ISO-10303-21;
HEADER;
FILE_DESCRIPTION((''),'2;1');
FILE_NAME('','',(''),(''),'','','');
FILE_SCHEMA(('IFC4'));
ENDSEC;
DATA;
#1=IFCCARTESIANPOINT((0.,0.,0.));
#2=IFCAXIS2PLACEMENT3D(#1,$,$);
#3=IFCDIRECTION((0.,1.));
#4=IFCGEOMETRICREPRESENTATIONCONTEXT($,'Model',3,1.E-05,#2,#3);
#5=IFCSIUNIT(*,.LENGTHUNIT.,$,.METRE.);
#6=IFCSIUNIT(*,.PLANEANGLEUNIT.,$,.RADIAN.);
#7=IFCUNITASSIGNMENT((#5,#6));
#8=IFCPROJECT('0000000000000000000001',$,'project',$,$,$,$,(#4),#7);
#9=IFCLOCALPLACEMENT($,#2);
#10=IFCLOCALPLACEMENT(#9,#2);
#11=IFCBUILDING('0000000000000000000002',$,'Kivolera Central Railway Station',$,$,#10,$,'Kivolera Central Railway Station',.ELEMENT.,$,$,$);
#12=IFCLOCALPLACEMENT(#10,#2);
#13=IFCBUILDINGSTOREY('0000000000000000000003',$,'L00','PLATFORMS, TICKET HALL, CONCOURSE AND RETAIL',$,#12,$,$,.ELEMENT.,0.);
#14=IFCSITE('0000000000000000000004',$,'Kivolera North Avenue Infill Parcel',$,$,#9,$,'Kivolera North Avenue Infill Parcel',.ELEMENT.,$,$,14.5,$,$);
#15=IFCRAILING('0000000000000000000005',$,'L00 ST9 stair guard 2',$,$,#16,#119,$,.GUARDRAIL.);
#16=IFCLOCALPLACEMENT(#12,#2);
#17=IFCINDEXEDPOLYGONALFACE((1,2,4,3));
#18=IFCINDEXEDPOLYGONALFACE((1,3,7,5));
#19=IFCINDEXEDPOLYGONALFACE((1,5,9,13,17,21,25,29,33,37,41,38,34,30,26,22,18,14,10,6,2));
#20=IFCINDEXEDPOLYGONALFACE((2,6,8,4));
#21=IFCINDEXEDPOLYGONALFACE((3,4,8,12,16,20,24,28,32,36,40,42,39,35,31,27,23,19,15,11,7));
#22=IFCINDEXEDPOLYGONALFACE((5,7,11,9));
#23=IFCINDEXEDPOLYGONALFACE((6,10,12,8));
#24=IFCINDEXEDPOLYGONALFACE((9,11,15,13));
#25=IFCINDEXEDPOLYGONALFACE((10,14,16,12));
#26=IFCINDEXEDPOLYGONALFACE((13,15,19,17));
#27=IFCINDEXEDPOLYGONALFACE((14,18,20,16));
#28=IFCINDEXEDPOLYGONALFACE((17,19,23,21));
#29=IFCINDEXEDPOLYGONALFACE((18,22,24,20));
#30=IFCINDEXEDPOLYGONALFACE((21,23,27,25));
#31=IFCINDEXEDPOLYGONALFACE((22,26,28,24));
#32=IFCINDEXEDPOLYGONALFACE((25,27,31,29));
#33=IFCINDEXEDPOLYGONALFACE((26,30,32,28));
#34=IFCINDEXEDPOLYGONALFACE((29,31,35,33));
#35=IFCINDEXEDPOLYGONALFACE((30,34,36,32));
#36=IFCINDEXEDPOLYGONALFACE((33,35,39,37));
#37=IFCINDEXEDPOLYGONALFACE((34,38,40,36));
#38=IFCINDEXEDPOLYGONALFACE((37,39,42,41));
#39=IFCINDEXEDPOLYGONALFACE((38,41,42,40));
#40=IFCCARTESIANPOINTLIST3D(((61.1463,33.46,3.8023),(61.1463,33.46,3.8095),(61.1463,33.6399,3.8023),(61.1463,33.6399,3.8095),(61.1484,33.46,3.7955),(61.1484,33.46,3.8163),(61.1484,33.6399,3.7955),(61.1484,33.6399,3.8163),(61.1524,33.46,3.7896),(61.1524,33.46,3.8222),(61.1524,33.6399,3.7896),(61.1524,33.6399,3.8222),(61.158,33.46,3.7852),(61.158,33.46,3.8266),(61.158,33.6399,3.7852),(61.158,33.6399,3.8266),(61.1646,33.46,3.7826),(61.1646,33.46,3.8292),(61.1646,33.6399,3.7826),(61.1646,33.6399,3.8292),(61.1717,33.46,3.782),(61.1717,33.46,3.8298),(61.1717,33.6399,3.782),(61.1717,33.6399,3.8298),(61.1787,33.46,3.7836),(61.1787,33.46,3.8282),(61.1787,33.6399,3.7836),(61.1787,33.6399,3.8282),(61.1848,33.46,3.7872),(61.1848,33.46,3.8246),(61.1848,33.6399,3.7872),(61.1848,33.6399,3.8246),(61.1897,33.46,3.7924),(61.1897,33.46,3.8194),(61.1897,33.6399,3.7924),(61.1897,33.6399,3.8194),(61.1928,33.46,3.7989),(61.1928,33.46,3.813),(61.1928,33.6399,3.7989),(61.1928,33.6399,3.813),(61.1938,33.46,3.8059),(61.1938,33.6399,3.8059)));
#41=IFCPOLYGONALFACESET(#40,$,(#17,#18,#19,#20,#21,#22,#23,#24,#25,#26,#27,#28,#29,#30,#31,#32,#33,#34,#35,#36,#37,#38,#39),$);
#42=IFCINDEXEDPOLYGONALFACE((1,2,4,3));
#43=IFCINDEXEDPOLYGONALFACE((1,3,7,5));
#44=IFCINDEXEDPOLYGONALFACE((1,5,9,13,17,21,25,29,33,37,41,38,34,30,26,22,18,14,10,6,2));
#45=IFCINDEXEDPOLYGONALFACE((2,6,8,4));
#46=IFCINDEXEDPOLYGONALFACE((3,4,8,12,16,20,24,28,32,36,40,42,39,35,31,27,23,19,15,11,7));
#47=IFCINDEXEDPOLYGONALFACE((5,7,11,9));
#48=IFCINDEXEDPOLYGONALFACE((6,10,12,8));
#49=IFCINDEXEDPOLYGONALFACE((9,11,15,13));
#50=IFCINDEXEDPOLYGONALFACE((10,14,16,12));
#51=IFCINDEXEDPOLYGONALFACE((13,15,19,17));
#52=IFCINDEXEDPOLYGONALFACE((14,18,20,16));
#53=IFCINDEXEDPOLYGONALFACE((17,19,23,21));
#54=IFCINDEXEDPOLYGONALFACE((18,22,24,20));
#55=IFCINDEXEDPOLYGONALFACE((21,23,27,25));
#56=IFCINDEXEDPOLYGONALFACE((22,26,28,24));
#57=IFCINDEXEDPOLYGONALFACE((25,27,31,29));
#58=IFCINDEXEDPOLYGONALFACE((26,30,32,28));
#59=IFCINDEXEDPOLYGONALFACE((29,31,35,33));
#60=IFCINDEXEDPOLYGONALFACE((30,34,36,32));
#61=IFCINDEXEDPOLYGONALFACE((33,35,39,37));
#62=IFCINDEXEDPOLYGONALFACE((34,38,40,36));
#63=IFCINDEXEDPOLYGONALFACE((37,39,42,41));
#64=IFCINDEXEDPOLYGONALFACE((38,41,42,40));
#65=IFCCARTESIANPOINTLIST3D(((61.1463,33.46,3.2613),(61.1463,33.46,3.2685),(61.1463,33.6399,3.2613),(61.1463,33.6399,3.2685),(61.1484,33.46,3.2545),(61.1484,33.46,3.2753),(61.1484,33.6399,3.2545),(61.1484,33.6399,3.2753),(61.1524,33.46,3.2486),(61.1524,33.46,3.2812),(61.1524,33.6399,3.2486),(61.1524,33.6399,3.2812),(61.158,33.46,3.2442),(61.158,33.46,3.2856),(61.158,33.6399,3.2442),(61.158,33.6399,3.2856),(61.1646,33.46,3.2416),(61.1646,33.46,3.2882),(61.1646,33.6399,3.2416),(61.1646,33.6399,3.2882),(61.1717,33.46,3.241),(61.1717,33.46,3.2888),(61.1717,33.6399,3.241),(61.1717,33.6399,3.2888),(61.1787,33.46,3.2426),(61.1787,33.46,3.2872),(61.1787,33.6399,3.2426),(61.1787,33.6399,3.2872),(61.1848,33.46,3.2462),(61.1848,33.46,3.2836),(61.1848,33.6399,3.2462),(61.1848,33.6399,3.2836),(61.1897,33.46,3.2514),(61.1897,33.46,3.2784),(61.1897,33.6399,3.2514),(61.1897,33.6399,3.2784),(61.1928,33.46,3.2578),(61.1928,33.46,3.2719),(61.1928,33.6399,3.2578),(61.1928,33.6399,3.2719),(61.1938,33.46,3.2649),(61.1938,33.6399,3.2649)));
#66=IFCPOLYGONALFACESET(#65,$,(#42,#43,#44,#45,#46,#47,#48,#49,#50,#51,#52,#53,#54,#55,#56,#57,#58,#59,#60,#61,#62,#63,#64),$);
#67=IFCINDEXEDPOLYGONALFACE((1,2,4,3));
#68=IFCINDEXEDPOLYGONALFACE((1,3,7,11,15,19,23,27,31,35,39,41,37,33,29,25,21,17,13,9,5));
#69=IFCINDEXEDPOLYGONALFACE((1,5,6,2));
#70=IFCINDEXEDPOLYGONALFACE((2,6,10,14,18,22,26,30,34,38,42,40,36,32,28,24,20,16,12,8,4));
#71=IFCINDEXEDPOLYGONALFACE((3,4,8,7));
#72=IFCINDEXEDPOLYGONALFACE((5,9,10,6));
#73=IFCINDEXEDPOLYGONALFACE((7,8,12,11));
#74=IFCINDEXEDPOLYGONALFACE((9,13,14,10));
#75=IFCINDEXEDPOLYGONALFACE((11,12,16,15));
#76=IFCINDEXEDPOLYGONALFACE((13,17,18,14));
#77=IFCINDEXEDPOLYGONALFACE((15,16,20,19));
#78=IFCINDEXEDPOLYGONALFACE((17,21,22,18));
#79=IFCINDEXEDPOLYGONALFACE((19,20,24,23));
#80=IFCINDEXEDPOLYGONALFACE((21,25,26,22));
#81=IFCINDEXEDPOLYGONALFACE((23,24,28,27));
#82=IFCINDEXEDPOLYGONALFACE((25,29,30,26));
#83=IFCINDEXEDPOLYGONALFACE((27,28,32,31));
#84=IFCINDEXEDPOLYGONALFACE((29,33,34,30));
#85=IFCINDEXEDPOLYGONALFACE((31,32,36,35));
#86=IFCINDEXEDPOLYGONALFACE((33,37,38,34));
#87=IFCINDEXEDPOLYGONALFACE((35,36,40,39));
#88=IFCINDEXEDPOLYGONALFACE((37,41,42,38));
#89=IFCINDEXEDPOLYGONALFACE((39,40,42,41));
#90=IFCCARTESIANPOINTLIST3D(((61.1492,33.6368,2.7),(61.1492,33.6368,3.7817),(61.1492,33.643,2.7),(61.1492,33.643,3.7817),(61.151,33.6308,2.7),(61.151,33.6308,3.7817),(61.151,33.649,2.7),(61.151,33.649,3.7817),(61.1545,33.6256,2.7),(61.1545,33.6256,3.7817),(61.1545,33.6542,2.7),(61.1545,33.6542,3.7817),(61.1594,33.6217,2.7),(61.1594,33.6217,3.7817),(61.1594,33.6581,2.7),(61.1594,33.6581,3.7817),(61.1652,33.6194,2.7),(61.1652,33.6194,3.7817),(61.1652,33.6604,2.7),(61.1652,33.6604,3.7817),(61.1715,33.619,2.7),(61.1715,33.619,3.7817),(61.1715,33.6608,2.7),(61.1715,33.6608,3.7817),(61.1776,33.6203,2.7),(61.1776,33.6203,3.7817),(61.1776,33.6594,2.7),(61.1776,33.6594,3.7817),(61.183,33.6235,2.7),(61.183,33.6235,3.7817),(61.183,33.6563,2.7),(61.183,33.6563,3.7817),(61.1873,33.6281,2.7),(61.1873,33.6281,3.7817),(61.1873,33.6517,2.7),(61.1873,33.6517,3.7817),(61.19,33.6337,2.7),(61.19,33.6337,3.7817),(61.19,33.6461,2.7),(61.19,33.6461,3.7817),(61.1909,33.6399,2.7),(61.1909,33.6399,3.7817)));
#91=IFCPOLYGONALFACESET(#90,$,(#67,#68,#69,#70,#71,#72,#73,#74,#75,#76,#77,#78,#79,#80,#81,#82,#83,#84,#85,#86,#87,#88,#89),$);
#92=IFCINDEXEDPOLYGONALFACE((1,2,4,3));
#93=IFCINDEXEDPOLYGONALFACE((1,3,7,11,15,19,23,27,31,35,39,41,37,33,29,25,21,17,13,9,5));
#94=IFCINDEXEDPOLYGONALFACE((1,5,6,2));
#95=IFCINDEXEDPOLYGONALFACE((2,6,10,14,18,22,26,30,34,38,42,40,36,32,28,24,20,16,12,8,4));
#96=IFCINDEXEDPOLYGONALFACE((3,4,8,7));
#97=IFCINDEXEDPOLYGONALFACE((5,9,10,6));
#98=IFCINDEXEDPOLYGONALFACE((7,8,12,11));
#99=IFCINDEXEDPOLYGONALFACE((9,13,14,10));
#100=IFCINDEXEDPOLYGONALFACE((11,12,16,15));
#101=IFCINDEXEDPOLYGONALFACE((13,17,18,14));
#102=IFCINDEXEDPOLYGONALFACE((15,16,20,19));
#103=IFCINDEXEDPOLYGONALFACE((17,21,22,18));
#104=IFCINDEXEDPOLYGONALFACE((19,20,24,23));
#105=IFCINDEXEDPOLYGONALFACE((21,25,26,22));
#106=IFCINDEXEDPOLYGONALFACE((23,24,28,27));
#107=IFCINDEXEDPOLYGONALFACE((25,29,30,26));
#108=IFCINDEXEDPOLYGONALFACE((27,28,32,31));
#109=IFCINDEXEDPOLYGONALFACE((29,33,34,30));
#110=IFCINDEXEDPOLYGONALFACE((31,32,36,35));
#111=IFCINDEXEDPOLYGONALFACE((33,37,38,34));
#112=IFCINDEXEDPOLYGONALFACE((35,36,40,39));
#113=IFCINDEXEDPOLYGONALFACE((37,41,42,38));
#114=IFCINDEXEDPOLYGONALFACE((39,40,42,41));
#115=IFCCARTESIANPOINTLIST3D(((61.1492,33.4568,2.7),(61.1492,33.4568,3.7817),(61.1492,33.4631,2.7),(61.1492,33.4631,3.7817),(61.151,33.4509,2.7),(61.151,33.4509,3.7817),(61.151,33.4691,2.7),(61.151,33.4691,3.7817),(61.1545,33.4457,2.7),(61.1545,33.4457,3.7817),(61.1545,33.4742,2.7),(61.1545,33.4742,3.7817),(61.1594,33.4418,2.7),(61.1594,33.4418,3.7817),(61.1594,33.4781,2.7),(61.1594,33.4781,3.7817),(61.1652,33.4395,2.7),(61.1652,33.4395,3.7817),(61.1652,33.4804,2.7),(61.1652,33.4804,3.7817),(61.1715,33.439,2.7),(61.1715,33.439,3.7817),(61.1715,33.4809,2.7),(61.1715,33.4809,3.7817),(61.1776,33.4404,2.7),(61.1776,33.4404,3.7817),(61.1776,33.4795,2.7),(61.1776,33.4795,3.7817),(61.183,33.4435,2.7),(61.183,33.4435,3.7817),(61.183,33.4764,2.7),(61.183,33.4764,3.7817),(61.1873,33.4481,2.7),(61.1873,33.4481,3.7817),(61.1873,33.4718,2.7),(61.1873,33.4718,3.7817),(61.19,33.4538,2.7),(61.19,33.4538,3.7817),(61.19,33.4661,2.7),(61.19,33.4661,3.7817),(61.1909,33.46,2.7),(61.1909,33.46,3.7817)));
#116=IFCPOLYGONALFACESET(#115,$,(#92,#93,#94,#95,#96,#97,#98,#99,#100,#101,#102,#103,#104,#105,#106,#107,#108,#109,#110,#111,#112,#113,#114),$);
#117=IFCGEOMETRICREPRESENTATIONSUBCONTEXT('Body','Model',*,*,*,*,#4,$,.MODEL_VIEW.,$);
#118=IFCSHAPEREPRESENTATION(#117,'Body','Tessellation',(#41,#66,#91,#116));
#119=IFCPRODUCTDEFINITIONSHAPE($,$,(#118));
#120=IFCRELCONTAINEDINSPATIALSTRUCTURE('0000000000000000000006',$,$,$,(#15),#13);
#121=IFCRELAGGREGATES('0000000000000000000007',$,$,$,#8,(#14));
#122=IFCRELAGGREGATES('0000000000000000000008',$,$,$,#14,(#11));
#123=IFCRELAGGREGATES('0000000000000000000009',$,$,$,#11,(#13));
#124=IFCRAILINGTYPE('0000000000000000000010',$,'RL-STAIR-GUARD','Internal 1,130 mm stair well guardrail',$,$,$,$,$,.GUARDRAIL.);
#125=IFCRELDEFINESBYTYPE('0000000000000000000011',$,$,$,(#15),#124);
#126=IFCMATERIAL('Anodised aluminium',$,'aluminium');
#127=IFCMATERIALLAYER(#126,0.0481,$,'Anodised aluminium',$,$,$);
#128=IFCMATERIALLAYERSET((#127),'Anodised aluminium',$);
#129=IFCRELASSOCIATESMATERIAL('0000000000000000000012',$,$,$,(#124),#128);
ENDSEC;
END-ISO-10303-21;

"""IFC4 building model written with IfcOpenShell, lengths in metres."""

from ifc_helpers import new_model, si_unit, direction, frame, origin, origin_2d, place, context, subcontext, project, spatial, circle, extrude, material, layer, layer_set, type_object, element, save


model = new_model("IFC4")

# Units and contexts
model_context = context("Model", 3, precision=1e-05, world=origin(), true_north=direction((0.0, 1.0)))
body_context = subcontext(model_context, "Body", "Model", "MODEL_VIEW")
ifc_project = project(units=[si_unit("LENGTHUNIT", "METRE"), si_unit("PLANEANGLEUNIT", "RADIAN")], contexts=[model_context])

# Site, building, storey
site_placement = place(None, origin())
site = spatial("IfcSite", under=ifc_project, at=site_placement, Name="Kivolera North Avenue Infill Parcel", LongName="Kivolera North Avenue Infill Parcel", CompositionType="ELEMENT", RefElevation=14.5)
building_placement = place(site_placement, origin())
building = spatial("IfcBuilding", under=site, at=building_placement, Name="Kivolera Central Railway Station", LongName="Kivolera Central Railway Station", CompositionType="ELEMENT")
storey_placement = place(building_placement, origin())
storey = spatial("IfcBuildingStorey", under=building, at=storey_placement, Name="L00", Description="PLATFORMS, TICKET HALL, CONCOURSE AND RETAIL", CompositionType="ELEMENT", Elevation=0.0)

# Shared definitions
ifc_material_1 = material(Name="Anodised aluminium", Category="aluminium")

# Railing
ifc_layer_1 = layer(ifc_material_1, 0.0481, Name="Anodised aluminium")
ifc_layer_set_1 = layer_set([ifc_layer_1], Name="Anodised aluminium")
railing_type_1 = type_object("IfcRailingType", Name="RL-STAIR-GUARD", Description="Internal 1,130 mm stair well guardrail", PredefinedType="GUARDRAIL", material=ifc_layer_set_1)
railing_1_placement = place(storey_placement, frame((61.1699, 33.6399, 2.7)))
element("IfcRailing", 1, at=railing_1_placement, inside=storey, type_object=railing_type_1, Name="L00 ST9 stair guard 2", PredefinedType="GUARDRAIL", context=body_context, shape_type="SweptSolid", body=[
    extrude(circle(Radius=0.0239, at=origin_2d()), frame((0.0, 0.0, 1.106), z_axis=(0.0, -1.0, 0.0), x_axis=(1.0, 0.0, 0.0)), (0.0, 0.0, 1.0), 0.1799),
    extrude(circle(Radius=0.0239, at=origin_2d()), frame((0.0, 0.0, 0.5649), z_axis=(0.0, -1.0, 0.0), x_axis=(1.0, 0.0, 0.0)), (0.0, 0.0, 1.0), 0.1799),
    extrude(circle(Radius=0.021, at=origin_2d()), origin(), (0.0, 0.0, 1.0), 1.0818),
    extrude(circle(Radius=0.021, at=origin_2d()), frame((0.0, -0.1799, 0.0)), (0.0, 0.0, 1.0), 1.0818),
])

save(model, "model.ifc")
